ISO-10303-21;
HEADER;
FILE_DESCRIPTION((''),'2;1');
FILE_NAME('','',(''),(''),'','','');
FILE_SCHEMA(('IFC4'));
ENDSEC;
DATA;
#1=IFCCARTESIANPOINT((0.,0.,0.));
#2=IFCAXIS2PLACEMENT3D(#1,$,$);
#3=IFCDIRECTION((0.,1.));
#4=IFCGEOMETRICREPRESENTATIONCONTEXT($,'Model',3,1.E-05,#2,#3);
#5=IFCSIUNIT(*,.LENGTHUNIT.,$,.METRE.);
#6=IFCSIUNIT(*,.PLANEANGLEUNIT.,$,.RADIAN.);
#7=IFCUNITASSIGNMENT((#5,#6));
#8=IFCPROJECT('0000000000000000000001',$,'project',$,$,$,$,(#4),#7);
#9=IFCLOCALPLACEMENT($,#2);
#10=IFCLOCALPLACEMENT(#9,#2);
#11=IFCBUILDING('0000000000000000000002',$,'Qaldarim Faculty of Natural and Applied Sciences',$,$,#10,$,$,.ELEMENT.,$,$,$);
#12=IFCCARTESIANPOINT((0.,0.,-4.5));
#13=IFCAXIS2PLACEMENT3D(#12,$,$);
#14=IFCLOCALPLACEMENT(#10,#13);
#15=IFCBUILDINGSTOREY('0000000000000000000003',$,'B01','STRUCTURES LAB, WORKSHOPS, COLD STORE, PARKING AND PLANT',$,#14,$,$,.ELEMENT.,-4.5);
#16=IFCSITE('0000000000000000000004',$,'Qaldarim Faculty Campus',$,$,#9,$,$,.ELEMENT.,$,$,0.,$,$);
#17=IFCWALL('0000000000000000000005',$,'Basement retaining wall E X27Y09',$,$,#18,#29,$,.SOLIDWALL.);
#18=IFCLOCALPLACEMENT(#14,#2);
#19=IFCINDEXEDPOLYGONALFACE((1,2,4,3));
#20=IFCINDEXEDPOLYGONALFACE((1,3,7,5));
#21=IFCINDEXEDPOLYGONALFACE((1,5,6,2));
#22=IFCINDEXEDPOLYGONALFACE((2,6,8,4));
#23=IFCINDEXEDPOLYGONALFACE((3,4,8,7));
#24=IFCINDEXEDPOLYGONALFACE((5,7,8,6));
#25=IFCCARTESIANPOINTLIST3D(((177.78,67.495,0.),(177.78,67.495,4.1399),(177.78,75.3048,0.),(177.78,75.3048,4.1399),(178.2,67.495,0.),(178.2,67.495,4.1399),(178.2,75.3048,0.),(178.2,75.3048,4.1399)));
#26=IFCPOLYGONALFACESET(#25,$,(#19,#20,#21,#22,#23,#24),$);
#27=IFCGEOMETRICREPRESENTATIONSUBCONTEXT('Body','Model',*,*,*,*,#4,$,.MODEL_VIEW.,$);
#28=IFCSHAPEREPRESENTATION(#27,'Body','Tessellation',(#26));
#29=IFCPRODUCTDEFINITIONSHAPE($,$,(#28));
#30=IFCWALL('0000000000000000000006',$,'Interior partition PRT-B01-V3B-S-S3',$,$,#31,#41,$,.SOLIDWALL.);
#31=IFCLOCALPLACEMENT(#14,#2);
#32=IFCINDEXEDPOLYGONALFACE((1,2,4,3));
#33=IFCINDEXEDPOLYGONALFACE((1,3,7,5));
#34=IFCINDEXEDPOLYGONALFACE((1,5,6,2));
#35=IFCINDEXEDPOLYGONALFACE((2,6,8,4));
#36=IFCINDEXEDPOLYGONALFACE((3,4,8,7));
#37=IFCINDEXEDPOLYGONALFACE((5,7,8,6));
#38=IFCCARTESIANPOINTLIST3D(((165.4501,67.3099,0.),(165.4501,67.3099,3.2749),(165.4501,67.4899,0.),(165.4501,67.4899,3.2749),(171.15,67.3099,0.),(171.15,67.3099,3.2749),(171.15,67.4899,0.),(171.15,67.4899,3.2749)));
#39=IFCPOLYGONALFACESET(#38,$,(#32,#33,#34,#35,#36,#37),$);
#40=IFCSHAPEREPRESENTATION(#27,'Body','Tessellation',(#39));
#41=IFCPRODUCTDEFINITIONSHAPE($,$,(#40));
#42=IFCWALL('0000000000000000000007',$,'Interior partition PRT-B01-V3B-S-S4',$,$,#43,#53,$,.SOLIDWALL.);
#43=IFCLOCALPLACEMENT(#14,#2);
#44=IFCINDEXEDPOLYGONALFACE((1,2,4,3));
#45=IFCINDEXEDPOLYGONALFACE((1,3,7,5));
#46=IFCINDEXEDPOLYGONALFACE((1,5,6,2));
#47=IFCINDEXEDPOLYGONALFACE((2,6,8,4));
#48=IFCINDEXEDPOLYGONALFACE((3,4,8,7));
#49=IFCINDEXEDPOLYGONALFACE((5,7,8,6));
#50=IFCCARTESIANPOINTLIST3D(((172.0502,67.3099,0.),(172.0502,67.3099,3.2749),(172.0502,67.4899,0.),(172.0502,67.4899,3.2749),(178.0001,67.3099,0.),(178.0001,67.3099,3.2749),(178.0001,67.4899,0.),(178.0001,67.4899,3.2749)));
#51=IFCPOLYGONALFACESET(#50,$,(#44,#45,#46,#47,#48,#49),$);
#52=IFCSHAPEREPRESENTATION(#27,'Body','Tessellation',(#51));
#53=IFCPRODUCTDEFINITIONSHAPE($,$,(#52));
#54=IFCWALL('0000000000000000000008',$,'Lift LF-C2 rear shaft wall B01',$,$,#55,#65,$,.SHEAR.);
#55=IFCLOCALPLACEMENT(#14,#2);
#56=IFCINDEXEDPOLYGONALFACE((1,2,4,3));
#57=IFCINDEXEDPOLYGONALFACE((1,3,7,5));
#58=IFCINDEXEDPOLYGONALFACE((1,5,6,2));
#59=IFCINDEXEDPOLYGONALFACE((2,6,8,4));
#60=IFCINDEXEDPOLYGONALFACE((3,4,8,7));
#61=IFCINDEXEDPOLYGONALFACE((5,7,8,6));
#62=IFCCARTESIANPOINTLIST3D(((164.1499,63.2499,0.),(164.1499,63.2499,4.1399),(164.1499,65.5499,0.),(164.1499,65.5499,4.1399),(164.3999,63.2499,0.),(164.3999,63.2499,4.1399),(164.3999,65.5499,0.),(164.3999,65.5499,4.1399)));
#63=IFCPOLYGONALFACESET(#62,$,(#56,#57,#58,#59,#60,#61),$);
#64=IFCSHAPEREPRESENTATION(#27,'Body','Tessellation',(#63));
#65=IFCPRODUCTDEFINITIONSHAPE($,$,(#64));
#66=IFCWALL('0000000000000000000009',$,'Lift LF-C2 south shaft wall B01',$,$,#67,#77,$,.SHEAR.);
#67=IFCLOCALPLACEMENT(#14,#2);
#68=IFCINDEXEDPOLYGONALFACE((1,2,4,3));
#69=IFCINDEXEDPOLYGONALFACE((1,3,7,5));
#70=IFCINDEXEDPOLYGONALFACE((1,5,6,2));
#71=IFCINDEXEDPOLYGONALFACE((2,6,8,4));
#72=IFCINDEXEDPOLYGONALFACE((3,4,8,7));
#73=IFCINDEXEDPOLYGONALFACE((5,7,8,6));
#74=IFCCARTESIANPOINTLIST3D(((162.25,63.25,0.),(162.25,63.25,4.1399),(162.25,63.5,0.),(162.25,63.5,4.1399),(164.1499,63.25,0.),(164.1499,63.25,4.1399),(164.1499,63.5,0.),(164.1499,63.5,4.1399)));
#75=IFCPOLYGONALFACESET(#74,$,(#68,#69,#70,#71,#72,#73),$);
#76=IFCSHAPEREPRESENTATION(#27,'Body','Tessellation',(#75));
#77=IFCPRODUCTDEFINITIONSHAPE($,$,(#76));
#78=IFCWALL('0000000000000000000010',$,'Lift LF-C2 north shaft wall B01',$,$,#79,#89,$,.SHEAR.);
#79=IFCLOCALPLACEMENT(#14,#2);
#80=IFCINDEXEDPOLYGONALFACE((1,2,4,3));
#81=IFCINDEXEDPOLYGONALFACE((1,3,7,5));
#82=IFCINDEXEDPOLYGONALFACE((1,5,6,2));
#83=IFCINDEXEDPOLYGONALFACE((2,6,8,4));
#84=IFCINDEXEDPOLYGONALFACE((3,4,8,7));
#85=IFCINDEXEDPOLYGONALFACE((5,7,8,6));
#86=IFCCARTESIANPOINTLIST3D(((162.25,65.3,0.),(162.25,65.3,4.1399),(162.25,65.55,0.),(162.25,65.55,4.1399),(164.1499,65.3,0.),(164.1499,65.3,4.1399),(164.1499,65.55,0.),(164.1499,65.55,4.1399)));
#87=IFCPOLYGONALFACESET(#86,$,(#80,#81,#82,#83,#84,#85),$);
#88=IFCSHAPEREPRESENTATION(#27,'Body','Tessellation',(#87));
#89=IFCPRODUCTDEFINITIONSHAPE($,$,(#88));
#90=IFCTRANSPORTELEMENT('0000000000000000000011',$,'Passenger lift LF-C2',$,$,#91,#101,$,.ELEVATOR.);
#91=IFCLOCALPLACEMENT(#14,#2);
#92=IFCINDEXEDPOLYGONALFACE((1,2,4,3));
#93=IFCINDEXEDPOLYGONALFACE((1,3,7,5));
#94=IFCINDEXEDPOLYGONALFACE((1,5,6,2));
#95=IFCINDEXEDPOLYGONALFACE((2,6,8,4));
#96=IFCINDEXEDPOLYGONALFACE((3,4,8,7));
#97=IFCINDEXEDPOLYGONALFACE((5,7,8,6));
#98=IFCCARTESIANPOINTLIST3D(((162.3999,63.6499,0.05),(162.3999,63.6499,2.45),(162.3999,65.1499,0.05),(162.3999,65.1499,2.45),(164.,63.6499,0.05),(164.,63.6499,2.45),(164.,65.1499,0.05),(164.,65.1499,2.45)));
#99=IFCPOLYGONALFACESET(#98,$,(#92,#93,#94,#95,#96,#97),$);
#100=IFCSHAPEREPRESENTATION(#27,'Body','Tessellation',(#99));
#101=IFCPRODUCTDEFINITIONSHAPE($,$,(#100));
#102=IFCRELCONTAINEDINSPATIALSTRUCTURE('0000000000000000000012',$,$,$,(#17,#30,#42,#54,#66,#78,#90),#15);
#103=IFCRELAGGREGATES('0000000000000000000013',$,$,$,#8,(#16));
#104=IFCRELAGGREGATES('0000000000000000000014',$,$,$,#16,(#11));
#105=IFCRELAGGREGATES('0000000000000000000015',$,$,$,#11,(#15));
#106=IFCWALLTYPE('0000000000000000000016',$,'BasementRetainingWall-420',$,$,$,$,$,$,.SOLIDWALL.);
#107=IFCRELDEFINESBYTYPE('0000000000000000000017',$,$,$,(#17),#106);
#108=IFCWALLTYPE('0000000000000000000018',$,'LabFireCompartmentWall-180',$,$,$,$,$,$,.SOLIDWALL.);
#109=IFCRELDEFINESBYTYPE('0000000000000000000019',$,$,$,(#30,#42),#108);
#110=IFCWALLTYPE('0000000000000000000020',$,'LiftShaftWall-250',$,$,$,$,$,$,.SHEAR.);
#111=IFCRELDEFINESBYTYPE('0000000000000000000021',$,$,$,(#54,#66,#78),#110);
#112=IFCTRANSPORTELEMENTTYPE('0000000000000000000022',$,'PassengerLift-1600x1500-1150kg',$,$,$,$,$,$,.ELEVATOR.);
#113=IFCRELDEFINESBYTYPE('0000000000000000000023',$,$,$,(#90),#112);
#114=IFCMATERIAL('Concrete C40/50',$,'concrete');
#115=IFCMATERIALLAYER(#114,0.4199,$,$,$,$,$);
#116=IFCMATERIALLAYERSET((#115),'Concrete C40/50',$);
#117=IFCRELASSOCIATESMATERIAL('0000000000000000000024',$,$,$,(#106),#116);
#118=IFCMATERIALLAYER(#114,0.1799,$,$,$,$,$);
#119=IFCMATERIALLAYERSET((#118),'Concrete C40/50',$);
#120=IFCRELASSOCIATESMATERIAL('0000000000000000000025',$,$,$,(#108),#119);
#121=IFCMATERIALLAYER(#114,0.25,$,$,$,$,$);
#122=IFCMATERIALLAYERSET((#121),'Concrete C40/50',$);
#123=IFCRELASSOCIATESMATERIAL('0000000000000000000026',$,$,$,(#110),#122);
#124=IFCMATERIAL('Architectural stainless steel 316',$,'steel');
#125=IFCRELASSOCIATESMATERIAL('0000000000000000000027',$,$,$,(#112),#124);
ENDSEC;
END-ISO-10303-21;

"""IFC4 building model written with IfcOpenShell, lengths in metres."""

from ifc_helpers import new_model, si_unit, direction, frame, frame_2d, origin, origin_2d, place, context, subcontext, project, spatial, rectangle, extrude, material, layer, layer_set, type_object, element, save


model = new_model("IFC4")

# Units and contexts
model_context = context("Model", 3, precision=1e-05, world=origin(), true_north=direction((0.0, 1.0)))
body_context = subcontext(model_context, "Body", "Model", "MODEL_VIEW")
ifc_project = project(units=[si_unit("LENGTHUNIT", "METRE"), si_unit("PLANEANGLEUNIT", "RADIAN")], contexts=[model_context])

# Site, building, storey
site_placement = place(None, origin())
site = spatial("IfcSite", under=ifc_project, at=site_placement, Name="Qaldarim Faculty Campus", CompositionType="ELEMENT", RefElevation=0.0)
building_placement = place(site_placement, origin())
building = spatial("IfcBuilding", under=site, at=building_placement, Name="Qaldarim Faculty of Natural and Applied Sciences", CompositionType="ELEMENT")
storey_placement = place(building_placement, frame((0.0, 0.0, -4.5)))
storey = spatial("IfcBuildingStorey", under=building, at=storey_placement, Name="B01", Description="STRUCTURES LAB, WORKSHOPS, COLD STORE, PARKING AND PLANT", CompositionType="ELEMENT", Elevation=-4.5)

# Shared definitions
ifc_material_1 = material(Name="Concrete C40/50", Category="concrete")

# Walls
ifc_layer_1 = layer(ifc_material_1, 0.4199)
ifc_layer_set_1 = layer_set([ifc_layer_1], Name="Concrete C40/50")
wall_type_1 = type_object("IfcWallType", Name="BasementRetainingWall-420", PredefinedType="SOLIDWALL", material=ifc_layer_set_1)
wall_1_placement = place(storey_placement, frame((177.99, 67.4951, 0.0), z_axis=(0.0, 0.0, 1.0), x_axis=(0.0, 1.0, 0.0)))
element("IfcWall", 1, at=wall_1_placement, inside=storey, type_object=wall_type_1, Name="Basement retaining wall E X27Y09", PredefinedType="SOLIDWALL", context=body_context, shape_type="SweptSolid", body=[
    extrude(rectangle(XDim=7.8098, YDim=0.4199, at=frame_2d((3.9048, 0.0))), origin(), (0.0, 0.0, 1.0), 4.1399),
])
ifc_layer_2 = layer(ifc_material_1, 0.1799)
ifc_layer_set_2 = layer_set([ifc_layer_2], Name="Concrete C40/50")
wall_type_2 = type_object("IfcWallType", Name="LabFireCompartmentWall-180", PredefinedType="SOLIDWALL", material=ifc_layer_set_2)
wall_2_placement = place(storey_placement, frame((165.45, 67.3999, 0.0), z_axis=(0.0, 0.0, 1.0), x_axis=(1.0, 0.0, 0.0)))
element("IfcWall", 2, at=wall_2_placement, inside=storey, type_object=wall_type_2, Name="Interior partition PRT-B01-V3B-S-S3", PredefinedType="SOLIDWALL", context=body_context, shape_type="SweptSolid", body=[
    extrude(rectangle(XDim=5.7, YDim=0.1799, at=frame_2d((2.8501, 0.0))), origin(), (0.0, 0.0, 1.0), 3.2749),
])
wall_3_placement = place(storey_placement, frame((172.05, 67.3999, 0.0), z_axis=(0.0, 0.0, 1.0), x_axis=(1.0, 0.0, 0.0)))
element("IfcWall", 3, at=wall_3_placement, inside=storey, type_object=wall_type_2, Name="Interior partition PRT-B01-V3B-S-S4", PredefinedType="SOLIDWALL", context=body_context, shape_type="SweptSolid", body=[
    extrude(rectangle(XDim=5.95, YDim=0.1799, at=frame_2d((2.9751, 0.0))), origin(), (0.0, 0.0, 1.0), 3.2749),
])

# Shared definitions
ifc_layer_3 = layer(ifc_material_1, 0.25)
ifc_layer_set_3 = layer_set([ifc_layer_3], Name="Concrete C40/50")
wall_type_3 = type_object("IfcWallType", Name="LiftShaftWall-250", PredefinedType="SHEAR", material=ifc_layer_set_3)
ifc_material_2 = material(Name="Architectural stainless steel 316", Category="steel")

# Walls
wall_4_placement = place(storey_placement, frame((164.2749, 63.25, 0.0), z_axis=(0.0, 0.0, 1.0), x_axis=(0.0, 1.0, 0.0)))
element("IfcWall", 4, at=wall_4_placement, inside=storey, type_object=wall_type_3, Name="Lift LF-C2 rear shaft wall B01", PredefinedType="SHEAR", context=body_context, shape_type="SweptSolid", body=[
    extrude(rectangle(XDim=2.3, YDim=0.25, at=frame_2d((1.1499, 0.0))), origin(), (0.0, 0.0, 1.0), 4.1399),
])
for number, where, z_axis, x_axis, name in (
    (5, (162.25, 63.375, 0.0), (0.0, 0.0, 1.0), (1.0, 0.0, 0.0), "Lift LF-C2 south shaft wall B01"),
    (6, (162.25, 65.425, 0.0), (0.0, 0.0, 1.0), (1.0, 0.0, 0.0), "Lift LF-C2 north shaft wall B01"),
):
    element("IfcWall", number, at=place(storey_placement, frame(where, z_axis=z_axis, x_axis=x_axis)), inside=storey, type_object=wall_type_3, Name=name, PredefinedType="SHEAR", context=body_context, shape_type="SweptSolid", body=[
        extrude(rectangle(XDim=1.8999, YDim=0.25, at=frame_2d((0.95, 0.0))), origin(), (0.0, 0.0, 1.0), 4.1399),
    ])

# Transport element
transport_element_type = type_object("IfcTransportElementType", Name="PassengerLift-1600x1500-1150kg", PredefinedType="ELEVATOR", material=ifc_material_2)
transport_element_placement = place(storey_placement, frame((163.2, 64.3999, 0.05), z_axis=(0.0, 0.0, 1.0), x_axis=(1.0, 0.0, 0.0)))
element("IfcTransportElement", 7, at=transport_element_placement, inside=storey, type_object=transport_element_type, Name="Passenger lift LF-C2", PredefinedType="ELEVATOR", context=body_context, shape_type="SweptSolid", body=[
    extrude(rectangle(XDim=1.6001, YDim=1.5, at=origin_2d()), origin(), (0.0, 0.0, 1.0), 2.3999),
])

save(model, "model.ifc")
